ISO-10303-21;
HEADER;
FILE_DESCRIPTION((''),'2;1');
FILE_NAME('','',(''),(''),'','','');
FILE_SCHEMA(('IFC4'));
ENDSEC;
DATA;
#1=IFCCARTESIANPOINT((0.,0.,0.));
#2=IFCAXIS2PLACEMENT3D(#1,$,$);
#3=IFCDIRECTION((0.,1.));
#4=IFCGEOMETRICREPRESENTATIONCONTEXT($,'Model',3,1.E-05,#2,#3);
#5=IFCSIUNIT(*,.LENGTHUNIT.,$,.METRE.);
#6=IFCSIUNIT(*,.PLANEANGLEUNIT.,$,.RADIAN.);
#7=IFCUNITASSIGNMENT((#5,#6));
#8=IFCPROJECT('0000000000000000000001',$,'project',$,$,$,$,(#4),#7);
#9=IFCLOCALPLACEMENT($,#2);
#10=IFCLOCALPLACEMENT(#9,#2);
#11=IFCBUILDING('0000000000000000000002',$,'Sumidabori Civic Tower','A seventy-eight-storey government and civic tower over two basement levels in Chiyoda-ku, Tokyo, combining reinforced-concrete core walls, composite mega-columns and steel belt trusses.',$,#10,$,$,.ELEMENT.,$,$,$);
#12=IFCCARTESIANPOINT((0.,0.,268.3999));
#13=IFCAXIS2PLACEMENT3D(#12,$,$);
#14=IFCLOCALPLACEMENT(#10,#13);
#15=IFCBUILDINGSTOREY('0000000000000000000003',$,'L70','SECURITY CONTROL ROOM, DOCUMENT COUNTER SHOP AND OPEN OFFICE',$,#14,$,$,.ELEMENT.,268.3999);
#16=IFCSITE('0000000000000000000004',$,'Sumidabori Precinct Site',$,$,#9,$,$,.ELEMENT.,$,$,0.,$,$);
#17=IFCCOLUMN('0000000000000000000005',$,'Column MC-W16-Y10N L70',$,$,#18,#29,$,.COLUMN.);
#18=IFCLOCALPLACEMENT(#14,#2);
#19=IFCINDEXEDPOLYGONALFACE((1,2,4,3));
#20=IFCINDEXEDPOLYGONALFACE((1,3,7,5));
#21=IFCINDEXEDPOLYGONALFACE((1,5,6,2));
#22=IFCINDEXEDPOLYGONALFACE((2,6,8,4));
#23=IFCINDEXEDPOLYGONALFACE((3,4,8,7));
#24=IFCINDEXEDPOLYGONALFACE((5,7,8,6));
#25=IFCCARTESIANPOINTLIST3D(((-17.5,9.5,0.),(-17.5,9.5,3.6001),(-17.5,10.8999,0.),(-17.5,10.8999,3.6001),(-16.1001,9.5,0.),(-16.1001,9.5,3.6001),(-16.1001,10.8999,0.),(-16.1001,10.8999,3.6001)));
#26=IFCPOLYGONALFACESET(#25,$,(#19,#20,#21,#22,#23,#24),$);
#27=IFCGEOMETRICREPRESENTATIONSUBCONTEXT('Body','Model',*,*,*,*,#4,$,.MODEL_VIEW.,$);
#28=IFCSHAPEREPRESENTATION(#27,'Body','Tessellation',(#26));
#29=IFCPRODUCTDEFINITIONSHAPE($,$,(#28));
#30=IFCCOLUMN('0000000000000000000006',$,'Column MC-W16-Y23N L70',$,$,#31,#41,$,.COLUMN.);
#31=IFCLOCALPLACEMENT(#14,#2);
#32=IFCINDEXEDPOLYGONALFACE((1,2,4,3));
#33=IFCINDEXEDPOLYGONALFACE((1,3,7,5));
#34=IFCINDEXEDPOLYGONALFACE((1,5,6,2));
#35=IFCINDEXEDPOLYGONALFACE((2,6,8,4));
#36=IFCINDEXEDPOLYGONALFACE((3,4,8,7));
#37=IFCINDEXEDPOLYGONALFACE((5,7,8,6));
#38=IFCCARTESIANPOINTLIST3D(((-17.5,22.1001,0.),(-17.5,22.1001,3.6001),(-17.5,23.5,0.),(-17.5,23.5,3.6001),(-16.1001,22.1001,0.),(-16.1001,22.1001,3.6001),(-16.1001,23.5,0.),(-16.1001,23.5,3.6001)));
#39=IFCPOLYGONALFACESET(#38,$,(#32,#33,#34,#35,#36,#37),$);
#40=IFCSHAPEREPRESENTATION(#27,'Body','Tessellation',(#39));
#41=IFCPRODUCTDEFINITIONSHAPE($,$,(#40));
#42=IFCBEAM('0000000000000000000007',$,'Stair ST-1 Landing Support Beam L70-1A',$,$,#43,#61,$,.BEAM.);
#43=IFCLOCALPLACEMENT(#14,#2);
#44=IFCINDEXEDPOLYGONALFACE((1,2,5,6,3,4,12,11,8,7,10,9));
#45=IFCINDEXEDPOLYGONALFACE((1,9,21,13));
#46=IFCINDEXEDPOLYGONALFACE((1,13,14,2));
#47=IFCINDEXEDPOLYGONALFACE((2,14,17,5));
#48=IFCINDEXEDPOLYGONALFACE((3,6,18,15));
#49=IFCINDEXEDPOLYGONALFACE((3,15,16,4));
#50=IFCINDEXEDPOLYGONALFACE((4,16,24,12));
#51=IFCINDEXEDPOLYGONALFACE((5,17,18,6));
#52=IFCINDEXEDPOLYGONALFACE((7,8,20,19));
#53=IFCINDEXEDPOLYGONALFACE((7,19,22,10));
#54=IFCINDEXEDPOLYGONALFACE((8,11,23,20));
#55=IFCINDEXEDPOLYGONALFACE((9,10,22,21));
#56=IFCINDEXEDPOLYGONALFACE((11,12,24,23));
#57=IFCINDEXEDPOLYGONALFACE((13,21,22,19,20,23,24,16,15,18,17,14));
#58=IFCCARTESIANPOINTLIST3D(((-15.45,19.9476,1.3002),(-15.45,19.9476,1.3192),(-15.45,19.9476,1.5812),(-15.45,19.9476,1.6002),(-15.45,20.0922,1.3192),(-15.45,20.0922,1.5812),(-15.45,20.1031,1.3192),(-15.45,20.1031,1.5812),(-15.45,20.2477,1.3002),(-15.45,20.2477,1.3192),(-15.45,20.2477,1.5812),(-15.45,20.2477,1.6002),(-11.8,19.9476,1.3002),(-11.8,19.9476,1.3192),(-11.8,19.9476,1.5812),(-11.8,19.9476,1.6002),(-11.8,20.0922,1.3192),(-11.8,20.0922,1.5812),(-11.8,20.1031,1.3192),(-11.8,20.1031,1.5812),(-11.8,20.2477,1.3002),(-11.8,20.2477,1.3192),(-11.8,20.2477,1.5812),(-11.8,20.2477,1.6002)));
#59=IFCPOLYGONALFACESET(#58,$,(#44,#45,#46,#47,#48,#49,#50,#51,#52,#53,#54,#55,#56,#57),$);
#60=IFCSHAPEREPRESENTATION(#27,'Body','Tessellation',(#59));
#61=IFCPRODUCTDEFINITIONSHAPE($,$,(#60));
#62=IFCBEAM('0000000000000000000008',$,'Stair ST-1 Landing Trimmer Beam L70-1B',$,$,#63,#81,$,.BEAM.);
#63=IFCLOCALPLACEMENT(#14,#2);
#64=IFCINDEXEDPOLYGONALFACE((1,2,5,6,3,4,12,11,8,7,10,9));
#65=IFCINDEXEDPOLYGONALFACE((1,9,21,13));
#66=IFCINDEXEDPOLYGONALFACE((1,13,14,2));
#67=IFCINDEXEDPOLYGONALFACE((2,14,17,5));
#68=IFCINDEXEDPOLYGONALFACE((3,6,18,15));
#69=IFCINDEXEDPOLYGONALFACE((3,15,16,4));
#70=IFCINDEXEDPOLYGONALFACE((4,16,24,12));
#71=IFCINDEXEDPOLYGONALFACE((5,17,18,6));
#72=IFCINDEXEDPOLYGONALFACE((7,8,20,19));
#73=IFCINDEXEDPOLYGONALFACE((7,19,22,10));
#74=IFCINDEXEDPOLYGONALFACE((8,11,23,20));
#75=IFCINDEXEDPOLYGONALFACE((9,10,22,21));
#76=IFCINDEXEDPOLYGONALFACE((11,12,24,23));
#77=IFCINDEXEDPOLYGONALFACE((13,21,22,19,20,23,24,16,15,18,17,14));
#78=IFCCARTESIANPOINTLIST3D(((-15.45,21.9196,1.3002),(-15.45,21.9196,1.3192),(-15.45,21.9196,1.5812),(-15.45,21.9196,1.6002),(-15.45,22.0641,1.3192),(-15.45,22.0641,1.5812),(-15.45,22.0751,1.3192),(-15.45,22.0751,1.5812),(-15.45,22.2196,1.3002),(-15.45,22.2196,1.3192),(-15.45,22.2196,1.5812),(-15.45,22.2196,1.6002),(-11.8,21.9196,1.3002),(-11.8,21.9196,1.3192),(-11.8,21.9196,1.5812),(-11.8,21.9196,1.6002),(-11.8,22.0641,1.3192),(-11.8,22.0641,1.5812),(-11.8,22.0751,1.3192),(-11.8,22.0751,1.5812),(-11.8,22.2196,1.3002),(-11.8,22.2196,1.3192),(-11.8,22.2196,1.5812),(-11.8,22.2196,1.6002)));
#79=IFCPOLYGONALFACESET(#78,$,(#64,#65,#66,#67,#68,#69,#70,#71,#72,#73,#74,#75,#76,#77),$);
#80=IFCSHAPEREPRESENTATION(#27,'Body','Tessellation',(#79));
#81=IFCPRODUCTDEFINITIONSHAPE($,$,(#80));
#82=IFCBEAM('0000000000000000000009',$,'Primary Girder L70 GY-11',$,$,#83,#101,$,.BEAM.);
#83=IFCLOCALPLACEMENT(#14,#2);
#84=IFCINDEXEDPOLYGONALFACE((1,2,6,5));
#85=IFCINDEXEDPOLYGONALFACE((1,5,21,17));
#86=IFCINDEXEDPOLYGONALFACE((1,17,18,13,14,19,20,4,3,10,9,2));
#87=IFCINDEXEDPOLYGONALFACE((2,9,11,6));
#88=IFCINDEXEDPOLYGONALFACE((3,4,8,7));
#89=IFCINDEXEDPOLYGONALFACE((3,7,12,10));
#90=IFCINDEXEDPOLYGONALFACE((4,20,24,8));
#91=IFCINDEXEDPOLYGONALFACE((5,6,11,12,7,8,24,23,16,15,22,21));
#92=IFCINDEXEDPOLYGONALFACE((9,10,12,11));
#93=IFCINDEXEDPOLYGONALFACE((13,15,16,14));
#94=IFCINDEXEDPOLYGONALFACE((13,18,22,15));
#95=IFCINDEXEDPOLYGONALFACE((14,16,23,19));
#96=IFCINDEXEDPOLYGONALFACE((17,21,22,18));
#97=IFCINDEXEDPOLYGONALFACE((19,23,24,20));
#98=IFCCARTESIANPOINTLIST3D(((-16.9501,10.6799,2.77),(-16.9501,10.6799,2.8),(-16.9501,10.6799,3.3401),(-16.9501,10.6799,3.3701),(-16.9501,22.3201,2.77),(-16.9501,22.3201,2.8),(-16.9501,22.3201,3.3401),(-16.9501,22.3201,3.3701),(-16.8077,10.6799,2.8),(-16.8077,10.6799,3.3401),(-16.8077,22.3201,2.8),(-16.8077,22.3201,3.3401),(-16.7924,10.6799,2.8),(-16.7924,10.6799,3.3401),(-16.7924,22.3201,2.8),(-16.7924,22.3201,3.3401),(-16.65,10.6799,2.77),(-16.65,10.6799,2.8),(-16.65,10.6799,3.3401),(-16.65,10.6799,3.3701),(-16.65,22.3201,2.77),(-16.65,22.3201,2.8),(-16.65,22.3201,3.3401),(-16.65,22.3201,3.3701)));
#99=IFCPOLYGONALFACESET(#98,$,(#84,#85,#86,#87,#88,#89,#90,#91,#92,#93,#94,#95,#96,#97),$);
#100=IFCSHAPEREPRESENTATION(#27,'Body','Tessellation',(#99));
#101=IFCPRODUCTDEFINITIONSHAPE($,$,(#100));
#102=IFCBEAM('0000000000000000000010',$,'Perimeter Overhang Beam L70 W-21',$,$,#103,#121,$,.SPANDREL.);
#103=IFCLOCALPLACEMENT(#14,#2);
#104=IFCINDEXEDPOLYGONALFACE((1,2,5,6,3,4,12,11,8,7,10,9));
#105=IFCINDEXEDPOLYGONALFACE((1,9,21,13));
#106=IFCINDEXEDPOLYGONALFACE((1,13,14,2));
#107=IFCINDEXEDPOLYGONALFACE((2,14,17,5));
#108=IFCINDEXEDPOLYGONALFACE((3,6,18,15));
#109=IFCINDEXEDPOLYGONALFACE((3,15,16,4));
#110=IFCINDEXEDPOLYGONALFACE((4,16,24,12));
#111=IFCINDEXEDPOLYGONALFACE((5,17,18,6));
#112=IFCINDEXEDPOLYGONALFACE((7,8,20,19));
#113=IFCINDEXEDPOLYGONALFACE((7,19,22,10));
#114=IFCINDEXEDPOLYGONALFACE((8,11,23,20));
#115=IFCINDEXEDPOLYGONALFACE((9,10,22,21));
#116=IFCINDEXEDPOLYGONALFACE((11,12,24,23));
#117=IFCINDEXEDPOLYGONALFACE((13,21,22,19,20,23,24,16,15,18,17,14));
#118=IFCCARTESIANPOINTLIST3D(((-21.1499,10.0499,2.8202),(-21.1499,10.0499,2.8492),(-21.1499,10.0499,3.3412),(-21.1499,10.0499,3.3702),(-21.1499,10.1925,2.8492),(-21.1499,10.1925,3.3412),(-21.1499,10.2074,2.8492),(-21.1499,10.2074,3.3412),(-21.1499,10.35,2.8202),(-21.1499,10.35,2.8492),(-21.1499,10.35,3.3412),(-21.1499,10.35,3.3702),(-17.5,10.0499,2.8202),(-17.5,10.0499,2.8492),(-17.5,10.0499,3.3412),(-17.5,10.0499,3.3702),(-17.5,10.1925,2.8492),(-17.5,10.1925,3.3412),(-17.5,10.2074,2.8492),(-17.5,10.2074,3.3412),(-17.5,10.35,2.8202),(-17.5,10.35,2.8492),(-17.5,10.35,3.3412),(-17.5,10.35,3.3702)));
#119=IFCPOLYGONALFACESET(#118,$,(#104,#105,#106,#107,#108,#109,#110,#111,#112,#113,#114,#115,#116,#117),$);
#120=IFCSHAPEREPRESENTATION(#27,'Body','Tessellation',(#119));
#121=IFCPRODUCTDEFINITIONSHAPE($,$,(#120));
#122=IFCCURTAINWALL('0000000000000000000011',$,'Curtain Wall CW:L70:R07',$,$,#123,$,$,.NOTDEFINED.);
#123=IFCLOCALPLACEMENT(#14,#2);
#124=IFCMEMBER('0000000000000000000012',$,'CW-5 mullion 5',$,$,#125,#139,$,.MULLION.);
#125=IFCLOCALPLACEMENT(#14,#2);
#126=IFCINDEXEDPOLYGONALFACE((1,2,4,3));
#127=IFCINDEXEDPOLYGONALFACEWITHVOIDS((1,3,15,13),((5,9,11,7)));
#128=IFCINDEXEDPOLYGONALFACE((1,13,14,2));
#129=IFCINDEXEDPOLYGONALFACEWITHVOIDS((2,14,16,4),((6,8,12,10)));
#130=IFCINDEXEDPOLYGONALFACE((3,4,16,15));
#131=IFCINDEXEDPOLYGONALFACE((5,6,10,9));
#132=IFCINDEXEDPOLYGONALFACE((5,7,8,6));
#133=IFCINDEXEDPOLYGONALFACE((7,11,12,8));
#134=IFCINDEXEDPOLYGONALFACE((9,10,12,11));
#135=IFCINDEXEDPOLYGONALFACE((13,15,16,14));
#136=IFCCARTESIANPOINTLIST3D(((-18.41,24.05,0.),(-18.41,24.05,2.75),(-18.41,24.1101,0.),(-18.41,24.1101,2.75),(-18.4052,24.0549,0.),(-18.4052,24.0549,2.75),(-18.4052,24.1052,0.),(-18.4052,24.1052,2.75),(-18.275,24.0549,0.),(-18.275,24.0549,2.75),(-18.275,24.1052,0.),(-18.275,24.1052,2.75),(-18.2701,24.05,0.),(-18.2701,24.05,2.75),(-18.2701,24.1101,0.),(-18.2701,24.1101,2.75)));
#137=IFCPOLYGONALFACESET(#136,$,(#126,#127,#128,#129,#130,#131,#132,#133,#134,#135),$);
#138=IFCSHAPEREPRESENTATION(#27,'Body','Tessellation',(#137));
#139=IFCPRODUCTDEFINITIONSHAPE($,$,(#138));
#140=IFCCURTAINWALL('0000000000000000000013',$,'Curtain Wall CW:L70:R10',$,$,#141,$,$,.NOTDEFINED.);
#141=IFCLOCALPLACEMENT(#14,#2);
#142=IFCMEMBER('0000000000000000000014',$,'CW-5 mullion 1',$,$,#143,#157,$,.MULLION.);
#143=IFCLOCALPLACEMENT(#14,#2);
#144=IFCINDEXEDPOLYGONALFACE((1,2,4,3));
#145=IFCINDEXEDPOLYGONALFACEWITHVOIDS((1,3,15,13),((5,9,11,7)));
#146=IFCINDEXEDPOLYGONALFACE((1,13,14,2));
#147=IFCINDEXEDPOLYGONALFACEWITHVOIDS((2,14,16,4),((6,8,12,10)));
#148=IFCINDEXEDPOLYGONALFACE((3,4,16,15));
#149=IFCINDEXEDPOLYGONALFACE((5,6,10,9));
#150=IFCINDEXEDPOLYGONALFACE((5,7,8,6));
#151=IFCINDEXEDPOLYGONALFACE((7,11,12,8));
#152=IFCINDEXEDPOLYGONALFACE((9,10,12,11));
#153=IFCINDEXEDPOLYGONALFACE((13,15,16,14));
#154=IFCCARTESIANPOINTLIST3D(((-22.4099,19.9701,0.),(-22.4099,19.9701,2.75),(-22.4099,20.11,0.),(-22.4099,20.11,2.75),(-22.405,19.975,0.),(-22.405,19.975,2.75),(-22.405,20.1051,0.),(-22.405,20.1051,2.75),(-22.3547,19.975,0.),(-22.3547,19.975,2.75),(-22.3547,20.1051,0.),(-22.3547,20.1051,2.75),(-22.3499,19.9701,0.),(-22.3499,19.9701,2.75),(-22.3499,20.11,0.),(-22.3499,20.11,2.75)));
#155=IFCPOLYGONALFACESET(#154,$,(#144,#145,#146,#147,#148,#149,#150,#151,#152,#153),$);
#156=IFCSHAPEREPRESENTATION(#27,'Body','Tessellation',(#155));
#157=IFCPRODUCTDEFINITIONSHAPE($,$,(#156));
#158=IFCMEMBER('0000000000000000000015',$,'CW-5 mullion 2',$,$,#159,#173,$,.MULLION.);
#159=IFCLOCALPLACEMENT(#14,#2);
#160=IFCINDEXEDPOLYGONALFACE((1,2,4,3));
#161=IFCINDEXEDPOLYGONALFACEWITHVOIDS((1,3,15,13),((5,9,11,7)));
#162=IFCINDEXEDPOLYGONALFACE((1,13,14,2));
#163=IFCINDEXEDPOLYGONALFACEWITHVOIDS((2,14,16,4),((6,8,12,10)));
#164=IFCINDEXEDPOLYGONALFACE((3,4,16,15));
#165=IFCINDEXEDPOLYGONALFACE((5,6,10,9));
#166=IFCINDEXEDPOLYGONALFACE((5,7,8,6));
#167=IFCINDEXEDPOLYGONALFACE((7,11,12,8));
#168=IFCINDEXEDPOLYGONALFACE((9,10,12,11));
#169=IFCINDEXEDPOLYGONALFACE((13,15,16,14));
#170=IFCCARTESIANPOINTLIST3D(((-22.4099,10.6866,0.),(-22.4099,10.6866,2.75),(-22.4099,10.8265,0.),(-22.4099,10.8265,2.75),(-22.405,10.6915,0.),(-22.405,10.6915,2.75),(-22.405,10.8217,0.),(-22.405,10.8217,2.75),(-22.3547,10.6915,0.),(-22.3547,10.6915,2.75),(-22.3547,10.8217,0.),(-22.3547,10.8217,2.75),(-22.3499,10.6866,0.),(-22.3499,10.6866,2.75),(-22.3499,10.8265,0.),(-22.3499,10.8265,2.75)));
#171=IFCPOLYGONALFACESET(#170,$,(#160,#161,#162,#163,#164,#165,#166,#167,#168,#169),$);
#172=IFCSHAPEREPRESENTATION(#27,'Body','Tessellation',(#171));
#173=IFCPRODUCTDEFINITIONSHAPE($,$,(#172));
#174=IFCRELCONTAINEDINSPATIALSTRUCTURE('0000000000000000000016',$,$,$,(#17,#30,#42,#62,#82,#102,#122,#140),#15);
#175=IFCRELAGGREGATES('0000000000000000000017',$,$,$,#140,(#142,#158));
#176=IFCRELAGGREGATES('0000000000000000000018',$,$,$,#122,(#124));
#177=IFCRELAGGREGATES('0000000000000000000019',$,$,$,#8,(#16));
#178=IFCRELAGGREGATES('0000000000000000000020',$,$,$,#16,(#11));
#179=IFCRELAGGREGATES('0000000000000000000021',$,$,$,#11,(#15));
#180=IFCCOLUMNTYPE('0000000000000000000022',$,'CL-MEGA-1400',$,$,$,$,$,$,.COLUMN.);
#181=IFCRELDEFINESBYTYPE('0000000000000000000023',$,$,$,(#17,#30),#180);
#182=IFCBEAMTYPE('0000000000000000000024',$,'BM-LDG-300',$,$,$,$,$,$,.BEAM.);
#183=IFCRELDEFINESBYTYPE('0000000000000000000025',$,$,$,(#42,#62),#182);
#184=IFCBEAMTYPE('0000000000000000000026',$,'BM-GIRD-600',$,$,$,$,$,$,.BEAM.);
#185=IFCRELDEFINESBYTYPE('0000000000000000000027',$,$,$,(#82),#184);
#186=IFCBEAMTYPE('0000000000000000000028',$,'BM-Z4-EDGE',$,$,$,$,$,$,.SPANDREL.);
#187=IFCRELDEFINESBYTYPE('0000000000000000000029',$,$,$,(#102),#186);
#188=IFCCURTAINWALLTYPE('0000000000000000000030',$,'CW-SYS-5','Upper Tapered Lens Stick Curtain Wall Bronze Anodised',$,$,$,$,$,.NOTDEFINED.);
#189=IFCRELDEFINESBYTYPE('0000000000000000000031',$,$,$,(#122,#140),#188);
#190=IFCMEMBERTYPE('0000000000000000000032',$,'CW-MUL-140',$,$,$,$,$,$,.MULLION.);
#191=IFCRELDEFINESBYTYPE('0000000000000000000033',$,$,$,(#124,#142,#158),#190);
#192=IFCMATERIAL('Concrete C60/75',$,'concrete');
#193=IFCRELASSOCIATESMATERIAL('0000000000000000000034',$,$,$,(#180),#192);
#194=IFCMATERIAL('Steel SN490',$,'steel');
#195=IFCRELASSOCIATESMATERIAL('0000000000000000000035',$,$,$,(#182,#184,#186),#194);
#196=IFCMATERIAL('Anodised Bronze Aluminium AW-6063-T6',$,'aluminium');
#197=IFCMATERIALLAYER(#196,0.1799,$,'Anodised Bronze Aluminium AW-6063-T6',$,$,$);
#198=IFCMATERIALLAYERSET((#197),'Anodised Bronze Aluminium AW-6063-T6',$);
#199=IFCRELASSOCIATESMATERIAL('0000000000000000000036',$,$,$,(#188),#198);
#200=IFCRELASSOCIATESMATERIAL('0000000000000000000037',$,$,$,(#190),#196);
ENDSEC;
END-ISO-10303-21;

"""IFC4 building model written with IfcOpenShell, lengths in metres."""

from ifc_helpers import new_model, si_unit, direction, frame, origin, origin_2d, place, context, subcontext, project, spatial, rectangle, hollow_rectangle, i_section, extrude, source, transform, mapped, material, layer, layer_set, material_profile, profile_set, type_object, element, aggregate, save


model = new_model("IFC4")

# Units and contexts
model_context = context("Model", 3, precision=1e-05, world=origin(), true_north=direction((0.0, 1.0)))
body_context = subcontext(model_context, "Body", "Model", "MODEL_VIEW")
ifc_project = project(units=[si_unit("LENGTHUNIT", "METRE"), si_unit("PLANEANGLEUNIT", "RADIAN")], contexts=[model_context])

# Site, building, storey
site_placement = place(None, origin())
site = spatial("IfcSite", under=ifc_project, at=site_placement, Name="Sumidabori Precinct Site", CompositionType="ELEMENT", RefElevation=0.0)
building_placement = place(site_placement, origin())
building = spatial("IfcBuilding", under=site, at=building_placement, Name="Sumidabori Civic Tower", Description="A seventy-eight-storey government and civic tower over two basement levels in Chiyoda-ku, Tokyo, combining reinforced-concrete core walls, composite mega-columns and steel belt trusses.", CompositionType="ELEMENT")
storey_placement = place(building_placement, frame((0.0, 0.0, 268.3999)))
storey = spatial("IfcBuildingStorey", under=building, at=storey_placement, Name="L70", Description="SECURITY CONTROL ROOM, DOCUMENT COUNTER SHOP AND OPEN OFFICE", CompositionType="ELEMENT", Elevation=268.3999)

# Columns
ifc_material_1 = material(Name="Concrete C60/75", Category="concrete")
ifc_material_profile_1 = material_profile(ifc_material_1, rectangle(XDim=1.3999, YDim=1.3999, at=origin_2d()), Name="RC 1400x1400")
ifc_profile_set_1 = profile_set([ifc_material_profile_1], Name="Concrete C60/75")
column_type = type_object("IfcColumnType", Name="CL-MEGA-1400", PredefinedType="COLUMN", material=ifc_profile_set_1)
shared_shape_1 = source(origin(), body_context, "Body", "SweptSolid", [
    extrude(rectangle(XDim=1.3999, YDim=1.3999, at=origin_2d()), origin(), (0.0, 0.0, 1.0), 3.6001),
])
for number, where, z_axis, x_axis, name in (
    (1, (-16.8, 10.2, 0.0), (0.0, 0.0, 1.0), (1.0, 0.0, 0.0), "Column MC-W16-Y10N L70"),
    (2, (-16.8, 22.8, 0.0), (0.0, 0.0, 1.0), (1.0, 0.0, 0.0), "Column MC-W16-Y23N L70"),
):
    element("IfcColumn", number, at=place(storey_placement, frame(where, z_axis=z_axis, x_axis=x_axis)), inside=storey, type_object=column_type, Name=name, PredefinedType="COLUMN", context=body_context, shape_type="MappedRepresentation", body=[
        mapped(shared_shape_1, transform((0.0, 0.0, 0.0), x_axis=(1.0, 0.0, 0.0), y_axis=(0.0, 1.0, 0.0), z_axis=(0.0, 0.0, 1.0), scale=1.0)),
    ])

# Beams
ifc_material_2 = material(Name="Steel SN490", Category="steel")
ifc_material_profile_2 = material_profile(ifc_material_2, i_section(OverallWidth=0.3, OverallDepth=0.3, WebThickness=0.011, FlangeThickness=0.019, at=origin_2d()), Name="HE 300 B")
ifc_profile_set_2 = profile_set([ifc_material_profile_2], Name="Steel SN490")
beam_type_1 = type_object("IfcBeamType", Name="BM-LDG-300", PredefinedType="BEAM", material=ifc_profile_set_2)
shared_shape_2 = source(origin(), body_context, "Body", "SweptSolid", [
    extrude(i_section(OverallWidth=0.3, OverallDepth=0.3, WebThickness=0.011, FlangeThickness=0.019, at=origin_2d()), origin(), (0.0, 0.0, 1.0), 3.6499),
])
for number, where, z_axis, x_axis, name in (
    (3, (-15.45, 20.0977, 1.4502), (1.0, 0.0, 0.0), (0.0, 1.0, 0.0), "Stair ST-1 Landing Support Beam L70-1A"),
    (4, (-15.45, 22.0696, 1.4502), (1.0, 0.0, 0.0), (0.0, 1.0, 0.0), "Stair ST-1 Landing Trimmer Beam L70-1B"),
):
    element("IfcBeam", number, at=place(storey_placement, frame(where, z_axis=z_axis, x_axis=x_axis)), inside=storey, type_object=beam_type_1, Name=name, PredefinedType="BEAM", context=body_context, shape_type="MappedRepresentation", body=[
        mapped(shared_shape_2, transform((0.0, 0.0, 0.0), x_axis=(1.0, 0.0, 0.0), y_axis=(0.0, 1.0, 0.0), z_axis=(0.0, 0.0, 1.0), scale=1.0)),
    ])
ifc_material_profile_3 = material_profile(ifc_material_2, i_section(OverallWidth=0.3, OverallDepth=0.6001, WebThickness=0.0154, FlangeThickness=0.03, at=origin_2d()), Name="HE 600 B")
ifc_profile_set_3 = profile_set([ifc_material_profile_3], Name="Steel SN490")
beam_type_2 = type_object("IfcBeamType", Name="BM-GIRD-600", PredefinedType="BEAM", material=ifc_profile_set_3)
shared_shape_3 = source(origin(), body_context, "Body", "SweptSolid", [
    extrude(i_section(OverallWidth=0.3, OverallDepth=0.6001, WebThickness=0.0154, FlangeThickness=0.03, at=origin_2d()), origin(), (0.0, 0.0, 1.0), 11.6401),
])
beam_1_placement = place(storey_placement, frame((-16.8, 10.6799, 3.0701), z_axis=(0.0, 1.0, 0.0), x_axis=(-1.0, 0.0, 0.0)))
element("IfcBeam", 5, at=beam_1_placement, inside=storey, type_object=beam_type_2, Name="Primary Girder L70 GY-11", PredefinedType="BEAM", context=body_context, shape_type="MappedRepresentation", body=[
    mapped(shared_shape_3, transform((0.0, 0.0, 0.0), x_axis=(1.0, 0.0, 0.0), y_axis=(0.0, 1.0, 0.0), z_axis=(0.0, 0.0, 1.0), scale=1.0)),
])
ifc_material_profile_4 = material_profile(ifc_material_2, i_section(OverallWidth=0.3, OverallDepth=0.55, WebThickness=0.0149, FlangeThickness=0.0291, at=origin_2d()), Name="HE 550 B")
ifc_profile_set_4 = profile_set([ifc_material_profile_4], Name="Steel SN490")
beam_type_3 = type_object("IfcBeamType", Name="BM-Z4-EDGE", PredefinedType="SPANDREL", material=ifc_profile_set_4)
shared_shape_4 = source(origin(), body_context, "Body", "SweptSolid", [
    extrude(i_section(OverallWidth=0.3, OverallDepth=0.55, WebThickness=0.0149, FlangeThickness=0.0291, at=origin_2d()), origin(), (0.0, 0.0, 1.0), 3.6499),
])
beam_2_placement = place(storey_placement, frame((-21.1499, 10.2, 3.0952), z_axis=(1.0, 0.0, 0.0), x_axis=(0.0, 1.0, 0.0)))
element("IfcBeam", 6, at=beam_2_placement, inside=storey, type_object=beam_type_3, Name="Perimeter Overhang Beam L70 W-21", PredefinedType="SPANDREL", context=body_context, shape_type="MappedRepresentation", body=[
    mapped(shared_shape_4, transform((0.0, 0.0, 0.0), x_axis=(1.0, 0.0, 0.0), y_axis=(0.0, 1.0, 0.0), z_axis=(0.0, 0.0, 1.0), scale=1.0)),
])

# Curtain wall, member
ifc_material_3 = material(Name="Anodised Bronze Aluminium AW-6063-T6", Category="aluminium")
ifc_layer_1 = layer(ifc_material_3, 0.1799, Name="Anodised Bronze Aluminium AW-6063-T6")
ifc_layer_set_1 = layer_set([ifc_layer_1], Name="Anodised Bronze Aluminium AW-6063-T6")
curtain_wall_type = type_object("IfcCurtainWallType", Name="CW-SYS-5", Description="Upper Tapered Lens Stick Curtain Wall Bronze Anodised", PredefinedType="NOTDEFINED", material=ifc_layer_set_1)
curtain_wall_1_placement = place(storey_placement, origin())
curtain_wall_1 = element("IfcCurtainWall", 7, at=curtain_wall_1_placement, inside=storey, type_object=curtain_wall_type, Name="Curtain Wall CW:L70:R07", PredefinedType="NOTDEFINED")
ifc_material_profile_5 = material_profile(ifc_material_3, hollow_rectangle(XDim=0.0601, YDim=0.1399, WallThickness=0.0049, at=origin_2d()), Name="ALU MULLION 140x60")
ifc_profile_set_5 = profile_set([ifc_material_profile_5], Name="Anodised Bronze Aluminium AW-6063-T6")
member_type_1 = type_object("IfcMemberType", Name="CW-MUL-140", PredefinedType="MULLION", material=ifc_profile_set_5)
shared_shape_5 = source(origin(), body_context, "Body", "SweptSolid", [
    extrude(hollow_rectangle(XDim=0.0601, YDim=0.1399, WallThickness=0.0049, at=origin_2d()), origin(), (0.0, 0.0, 1.0), 2.75),
])
member_1_placement = place(storey_placement, frame((-18.3401, 24.0801, 0.0), z_axis=(0.0, 0.0, 1.0), x_axis=(0.0, -1.0, 0.0)))
member_1 = element("IfcMember", 8, at=member_1_placement, type_object=member_type_1, Name="CW-5 mullion 5", PredefinedType="MULLION", context=body_context, shape_type="MappedRepresentation", body=[
    mapped(shared_shape_5, transform((0.0, 0.0, 0.0), x_axis=(1.0, 0.0, 0.0), y_axis=(0.0, 1.0, 0.0), z_axis=(0.0, 0.0, 1.0), scale=1.0)),
])

# Curtain wall, members
curtain_wall_2_placement = place(storey_placement, origin())
curtain_wall_2 = element("IfcCurtainWall", 9, at=curtain_wall_2_placement, inside=storey, type_object=curtain_wall_type, Name="Curtain Wall CW:L70:R10", PredefinedType="NOTDEFINED")
member_2_placement = place(storey_placement, frame((-22.3799, 20.04, 0.0), z_axis=(0.0, 0.0, 1.0), x_axis=(1.0, 0.0, 0.0)))
member_2 = element("IfcMember", 10, at=member_2_placement, type_object=member_type_1, Name="CW-5 mullion 1", PredefinedType="MULLION", context=body_context, shape_type="MappedRepresentation", body=[
    mapped(shared_shape_5, transform((0.0, 0.0, 0.0), x_axis=(1.0, 0.0, 0.0), y_axis=(0.0, 1.0, 0.0), z_axis=(0.0, 0.0, 1.0), scale=1.0)),
])
member_3_placement = place(storey_placement, frame((-22.3799, 10.7566, 0.0), z_axis=(0.0, 0.0, 1.0), x_axis=(1.0, 0.0, 0.0)))
member_3 = element("IfcMember", 11, at=member_3_placement, type_object=member_type_1, Name="CW-5 mullion 2", PredefinedType="MULLION", context=body_context, shape_type="MappedRepresentation", body=[
    mapped(shared_shape_5, transform((0.0, 0.0, 0.0), x_axis=(1.0, 0.0, 0.0), y_axis=(0.0, 1.0, 0.0), z_axis=(0.0, 0.0, 1.0), scale=1.0)),
])
aggregate(curtain_wall_2, [member_2, member_3])

aggregate(curtain_wall_1, [member_1])

save(model, "model.ifc")
